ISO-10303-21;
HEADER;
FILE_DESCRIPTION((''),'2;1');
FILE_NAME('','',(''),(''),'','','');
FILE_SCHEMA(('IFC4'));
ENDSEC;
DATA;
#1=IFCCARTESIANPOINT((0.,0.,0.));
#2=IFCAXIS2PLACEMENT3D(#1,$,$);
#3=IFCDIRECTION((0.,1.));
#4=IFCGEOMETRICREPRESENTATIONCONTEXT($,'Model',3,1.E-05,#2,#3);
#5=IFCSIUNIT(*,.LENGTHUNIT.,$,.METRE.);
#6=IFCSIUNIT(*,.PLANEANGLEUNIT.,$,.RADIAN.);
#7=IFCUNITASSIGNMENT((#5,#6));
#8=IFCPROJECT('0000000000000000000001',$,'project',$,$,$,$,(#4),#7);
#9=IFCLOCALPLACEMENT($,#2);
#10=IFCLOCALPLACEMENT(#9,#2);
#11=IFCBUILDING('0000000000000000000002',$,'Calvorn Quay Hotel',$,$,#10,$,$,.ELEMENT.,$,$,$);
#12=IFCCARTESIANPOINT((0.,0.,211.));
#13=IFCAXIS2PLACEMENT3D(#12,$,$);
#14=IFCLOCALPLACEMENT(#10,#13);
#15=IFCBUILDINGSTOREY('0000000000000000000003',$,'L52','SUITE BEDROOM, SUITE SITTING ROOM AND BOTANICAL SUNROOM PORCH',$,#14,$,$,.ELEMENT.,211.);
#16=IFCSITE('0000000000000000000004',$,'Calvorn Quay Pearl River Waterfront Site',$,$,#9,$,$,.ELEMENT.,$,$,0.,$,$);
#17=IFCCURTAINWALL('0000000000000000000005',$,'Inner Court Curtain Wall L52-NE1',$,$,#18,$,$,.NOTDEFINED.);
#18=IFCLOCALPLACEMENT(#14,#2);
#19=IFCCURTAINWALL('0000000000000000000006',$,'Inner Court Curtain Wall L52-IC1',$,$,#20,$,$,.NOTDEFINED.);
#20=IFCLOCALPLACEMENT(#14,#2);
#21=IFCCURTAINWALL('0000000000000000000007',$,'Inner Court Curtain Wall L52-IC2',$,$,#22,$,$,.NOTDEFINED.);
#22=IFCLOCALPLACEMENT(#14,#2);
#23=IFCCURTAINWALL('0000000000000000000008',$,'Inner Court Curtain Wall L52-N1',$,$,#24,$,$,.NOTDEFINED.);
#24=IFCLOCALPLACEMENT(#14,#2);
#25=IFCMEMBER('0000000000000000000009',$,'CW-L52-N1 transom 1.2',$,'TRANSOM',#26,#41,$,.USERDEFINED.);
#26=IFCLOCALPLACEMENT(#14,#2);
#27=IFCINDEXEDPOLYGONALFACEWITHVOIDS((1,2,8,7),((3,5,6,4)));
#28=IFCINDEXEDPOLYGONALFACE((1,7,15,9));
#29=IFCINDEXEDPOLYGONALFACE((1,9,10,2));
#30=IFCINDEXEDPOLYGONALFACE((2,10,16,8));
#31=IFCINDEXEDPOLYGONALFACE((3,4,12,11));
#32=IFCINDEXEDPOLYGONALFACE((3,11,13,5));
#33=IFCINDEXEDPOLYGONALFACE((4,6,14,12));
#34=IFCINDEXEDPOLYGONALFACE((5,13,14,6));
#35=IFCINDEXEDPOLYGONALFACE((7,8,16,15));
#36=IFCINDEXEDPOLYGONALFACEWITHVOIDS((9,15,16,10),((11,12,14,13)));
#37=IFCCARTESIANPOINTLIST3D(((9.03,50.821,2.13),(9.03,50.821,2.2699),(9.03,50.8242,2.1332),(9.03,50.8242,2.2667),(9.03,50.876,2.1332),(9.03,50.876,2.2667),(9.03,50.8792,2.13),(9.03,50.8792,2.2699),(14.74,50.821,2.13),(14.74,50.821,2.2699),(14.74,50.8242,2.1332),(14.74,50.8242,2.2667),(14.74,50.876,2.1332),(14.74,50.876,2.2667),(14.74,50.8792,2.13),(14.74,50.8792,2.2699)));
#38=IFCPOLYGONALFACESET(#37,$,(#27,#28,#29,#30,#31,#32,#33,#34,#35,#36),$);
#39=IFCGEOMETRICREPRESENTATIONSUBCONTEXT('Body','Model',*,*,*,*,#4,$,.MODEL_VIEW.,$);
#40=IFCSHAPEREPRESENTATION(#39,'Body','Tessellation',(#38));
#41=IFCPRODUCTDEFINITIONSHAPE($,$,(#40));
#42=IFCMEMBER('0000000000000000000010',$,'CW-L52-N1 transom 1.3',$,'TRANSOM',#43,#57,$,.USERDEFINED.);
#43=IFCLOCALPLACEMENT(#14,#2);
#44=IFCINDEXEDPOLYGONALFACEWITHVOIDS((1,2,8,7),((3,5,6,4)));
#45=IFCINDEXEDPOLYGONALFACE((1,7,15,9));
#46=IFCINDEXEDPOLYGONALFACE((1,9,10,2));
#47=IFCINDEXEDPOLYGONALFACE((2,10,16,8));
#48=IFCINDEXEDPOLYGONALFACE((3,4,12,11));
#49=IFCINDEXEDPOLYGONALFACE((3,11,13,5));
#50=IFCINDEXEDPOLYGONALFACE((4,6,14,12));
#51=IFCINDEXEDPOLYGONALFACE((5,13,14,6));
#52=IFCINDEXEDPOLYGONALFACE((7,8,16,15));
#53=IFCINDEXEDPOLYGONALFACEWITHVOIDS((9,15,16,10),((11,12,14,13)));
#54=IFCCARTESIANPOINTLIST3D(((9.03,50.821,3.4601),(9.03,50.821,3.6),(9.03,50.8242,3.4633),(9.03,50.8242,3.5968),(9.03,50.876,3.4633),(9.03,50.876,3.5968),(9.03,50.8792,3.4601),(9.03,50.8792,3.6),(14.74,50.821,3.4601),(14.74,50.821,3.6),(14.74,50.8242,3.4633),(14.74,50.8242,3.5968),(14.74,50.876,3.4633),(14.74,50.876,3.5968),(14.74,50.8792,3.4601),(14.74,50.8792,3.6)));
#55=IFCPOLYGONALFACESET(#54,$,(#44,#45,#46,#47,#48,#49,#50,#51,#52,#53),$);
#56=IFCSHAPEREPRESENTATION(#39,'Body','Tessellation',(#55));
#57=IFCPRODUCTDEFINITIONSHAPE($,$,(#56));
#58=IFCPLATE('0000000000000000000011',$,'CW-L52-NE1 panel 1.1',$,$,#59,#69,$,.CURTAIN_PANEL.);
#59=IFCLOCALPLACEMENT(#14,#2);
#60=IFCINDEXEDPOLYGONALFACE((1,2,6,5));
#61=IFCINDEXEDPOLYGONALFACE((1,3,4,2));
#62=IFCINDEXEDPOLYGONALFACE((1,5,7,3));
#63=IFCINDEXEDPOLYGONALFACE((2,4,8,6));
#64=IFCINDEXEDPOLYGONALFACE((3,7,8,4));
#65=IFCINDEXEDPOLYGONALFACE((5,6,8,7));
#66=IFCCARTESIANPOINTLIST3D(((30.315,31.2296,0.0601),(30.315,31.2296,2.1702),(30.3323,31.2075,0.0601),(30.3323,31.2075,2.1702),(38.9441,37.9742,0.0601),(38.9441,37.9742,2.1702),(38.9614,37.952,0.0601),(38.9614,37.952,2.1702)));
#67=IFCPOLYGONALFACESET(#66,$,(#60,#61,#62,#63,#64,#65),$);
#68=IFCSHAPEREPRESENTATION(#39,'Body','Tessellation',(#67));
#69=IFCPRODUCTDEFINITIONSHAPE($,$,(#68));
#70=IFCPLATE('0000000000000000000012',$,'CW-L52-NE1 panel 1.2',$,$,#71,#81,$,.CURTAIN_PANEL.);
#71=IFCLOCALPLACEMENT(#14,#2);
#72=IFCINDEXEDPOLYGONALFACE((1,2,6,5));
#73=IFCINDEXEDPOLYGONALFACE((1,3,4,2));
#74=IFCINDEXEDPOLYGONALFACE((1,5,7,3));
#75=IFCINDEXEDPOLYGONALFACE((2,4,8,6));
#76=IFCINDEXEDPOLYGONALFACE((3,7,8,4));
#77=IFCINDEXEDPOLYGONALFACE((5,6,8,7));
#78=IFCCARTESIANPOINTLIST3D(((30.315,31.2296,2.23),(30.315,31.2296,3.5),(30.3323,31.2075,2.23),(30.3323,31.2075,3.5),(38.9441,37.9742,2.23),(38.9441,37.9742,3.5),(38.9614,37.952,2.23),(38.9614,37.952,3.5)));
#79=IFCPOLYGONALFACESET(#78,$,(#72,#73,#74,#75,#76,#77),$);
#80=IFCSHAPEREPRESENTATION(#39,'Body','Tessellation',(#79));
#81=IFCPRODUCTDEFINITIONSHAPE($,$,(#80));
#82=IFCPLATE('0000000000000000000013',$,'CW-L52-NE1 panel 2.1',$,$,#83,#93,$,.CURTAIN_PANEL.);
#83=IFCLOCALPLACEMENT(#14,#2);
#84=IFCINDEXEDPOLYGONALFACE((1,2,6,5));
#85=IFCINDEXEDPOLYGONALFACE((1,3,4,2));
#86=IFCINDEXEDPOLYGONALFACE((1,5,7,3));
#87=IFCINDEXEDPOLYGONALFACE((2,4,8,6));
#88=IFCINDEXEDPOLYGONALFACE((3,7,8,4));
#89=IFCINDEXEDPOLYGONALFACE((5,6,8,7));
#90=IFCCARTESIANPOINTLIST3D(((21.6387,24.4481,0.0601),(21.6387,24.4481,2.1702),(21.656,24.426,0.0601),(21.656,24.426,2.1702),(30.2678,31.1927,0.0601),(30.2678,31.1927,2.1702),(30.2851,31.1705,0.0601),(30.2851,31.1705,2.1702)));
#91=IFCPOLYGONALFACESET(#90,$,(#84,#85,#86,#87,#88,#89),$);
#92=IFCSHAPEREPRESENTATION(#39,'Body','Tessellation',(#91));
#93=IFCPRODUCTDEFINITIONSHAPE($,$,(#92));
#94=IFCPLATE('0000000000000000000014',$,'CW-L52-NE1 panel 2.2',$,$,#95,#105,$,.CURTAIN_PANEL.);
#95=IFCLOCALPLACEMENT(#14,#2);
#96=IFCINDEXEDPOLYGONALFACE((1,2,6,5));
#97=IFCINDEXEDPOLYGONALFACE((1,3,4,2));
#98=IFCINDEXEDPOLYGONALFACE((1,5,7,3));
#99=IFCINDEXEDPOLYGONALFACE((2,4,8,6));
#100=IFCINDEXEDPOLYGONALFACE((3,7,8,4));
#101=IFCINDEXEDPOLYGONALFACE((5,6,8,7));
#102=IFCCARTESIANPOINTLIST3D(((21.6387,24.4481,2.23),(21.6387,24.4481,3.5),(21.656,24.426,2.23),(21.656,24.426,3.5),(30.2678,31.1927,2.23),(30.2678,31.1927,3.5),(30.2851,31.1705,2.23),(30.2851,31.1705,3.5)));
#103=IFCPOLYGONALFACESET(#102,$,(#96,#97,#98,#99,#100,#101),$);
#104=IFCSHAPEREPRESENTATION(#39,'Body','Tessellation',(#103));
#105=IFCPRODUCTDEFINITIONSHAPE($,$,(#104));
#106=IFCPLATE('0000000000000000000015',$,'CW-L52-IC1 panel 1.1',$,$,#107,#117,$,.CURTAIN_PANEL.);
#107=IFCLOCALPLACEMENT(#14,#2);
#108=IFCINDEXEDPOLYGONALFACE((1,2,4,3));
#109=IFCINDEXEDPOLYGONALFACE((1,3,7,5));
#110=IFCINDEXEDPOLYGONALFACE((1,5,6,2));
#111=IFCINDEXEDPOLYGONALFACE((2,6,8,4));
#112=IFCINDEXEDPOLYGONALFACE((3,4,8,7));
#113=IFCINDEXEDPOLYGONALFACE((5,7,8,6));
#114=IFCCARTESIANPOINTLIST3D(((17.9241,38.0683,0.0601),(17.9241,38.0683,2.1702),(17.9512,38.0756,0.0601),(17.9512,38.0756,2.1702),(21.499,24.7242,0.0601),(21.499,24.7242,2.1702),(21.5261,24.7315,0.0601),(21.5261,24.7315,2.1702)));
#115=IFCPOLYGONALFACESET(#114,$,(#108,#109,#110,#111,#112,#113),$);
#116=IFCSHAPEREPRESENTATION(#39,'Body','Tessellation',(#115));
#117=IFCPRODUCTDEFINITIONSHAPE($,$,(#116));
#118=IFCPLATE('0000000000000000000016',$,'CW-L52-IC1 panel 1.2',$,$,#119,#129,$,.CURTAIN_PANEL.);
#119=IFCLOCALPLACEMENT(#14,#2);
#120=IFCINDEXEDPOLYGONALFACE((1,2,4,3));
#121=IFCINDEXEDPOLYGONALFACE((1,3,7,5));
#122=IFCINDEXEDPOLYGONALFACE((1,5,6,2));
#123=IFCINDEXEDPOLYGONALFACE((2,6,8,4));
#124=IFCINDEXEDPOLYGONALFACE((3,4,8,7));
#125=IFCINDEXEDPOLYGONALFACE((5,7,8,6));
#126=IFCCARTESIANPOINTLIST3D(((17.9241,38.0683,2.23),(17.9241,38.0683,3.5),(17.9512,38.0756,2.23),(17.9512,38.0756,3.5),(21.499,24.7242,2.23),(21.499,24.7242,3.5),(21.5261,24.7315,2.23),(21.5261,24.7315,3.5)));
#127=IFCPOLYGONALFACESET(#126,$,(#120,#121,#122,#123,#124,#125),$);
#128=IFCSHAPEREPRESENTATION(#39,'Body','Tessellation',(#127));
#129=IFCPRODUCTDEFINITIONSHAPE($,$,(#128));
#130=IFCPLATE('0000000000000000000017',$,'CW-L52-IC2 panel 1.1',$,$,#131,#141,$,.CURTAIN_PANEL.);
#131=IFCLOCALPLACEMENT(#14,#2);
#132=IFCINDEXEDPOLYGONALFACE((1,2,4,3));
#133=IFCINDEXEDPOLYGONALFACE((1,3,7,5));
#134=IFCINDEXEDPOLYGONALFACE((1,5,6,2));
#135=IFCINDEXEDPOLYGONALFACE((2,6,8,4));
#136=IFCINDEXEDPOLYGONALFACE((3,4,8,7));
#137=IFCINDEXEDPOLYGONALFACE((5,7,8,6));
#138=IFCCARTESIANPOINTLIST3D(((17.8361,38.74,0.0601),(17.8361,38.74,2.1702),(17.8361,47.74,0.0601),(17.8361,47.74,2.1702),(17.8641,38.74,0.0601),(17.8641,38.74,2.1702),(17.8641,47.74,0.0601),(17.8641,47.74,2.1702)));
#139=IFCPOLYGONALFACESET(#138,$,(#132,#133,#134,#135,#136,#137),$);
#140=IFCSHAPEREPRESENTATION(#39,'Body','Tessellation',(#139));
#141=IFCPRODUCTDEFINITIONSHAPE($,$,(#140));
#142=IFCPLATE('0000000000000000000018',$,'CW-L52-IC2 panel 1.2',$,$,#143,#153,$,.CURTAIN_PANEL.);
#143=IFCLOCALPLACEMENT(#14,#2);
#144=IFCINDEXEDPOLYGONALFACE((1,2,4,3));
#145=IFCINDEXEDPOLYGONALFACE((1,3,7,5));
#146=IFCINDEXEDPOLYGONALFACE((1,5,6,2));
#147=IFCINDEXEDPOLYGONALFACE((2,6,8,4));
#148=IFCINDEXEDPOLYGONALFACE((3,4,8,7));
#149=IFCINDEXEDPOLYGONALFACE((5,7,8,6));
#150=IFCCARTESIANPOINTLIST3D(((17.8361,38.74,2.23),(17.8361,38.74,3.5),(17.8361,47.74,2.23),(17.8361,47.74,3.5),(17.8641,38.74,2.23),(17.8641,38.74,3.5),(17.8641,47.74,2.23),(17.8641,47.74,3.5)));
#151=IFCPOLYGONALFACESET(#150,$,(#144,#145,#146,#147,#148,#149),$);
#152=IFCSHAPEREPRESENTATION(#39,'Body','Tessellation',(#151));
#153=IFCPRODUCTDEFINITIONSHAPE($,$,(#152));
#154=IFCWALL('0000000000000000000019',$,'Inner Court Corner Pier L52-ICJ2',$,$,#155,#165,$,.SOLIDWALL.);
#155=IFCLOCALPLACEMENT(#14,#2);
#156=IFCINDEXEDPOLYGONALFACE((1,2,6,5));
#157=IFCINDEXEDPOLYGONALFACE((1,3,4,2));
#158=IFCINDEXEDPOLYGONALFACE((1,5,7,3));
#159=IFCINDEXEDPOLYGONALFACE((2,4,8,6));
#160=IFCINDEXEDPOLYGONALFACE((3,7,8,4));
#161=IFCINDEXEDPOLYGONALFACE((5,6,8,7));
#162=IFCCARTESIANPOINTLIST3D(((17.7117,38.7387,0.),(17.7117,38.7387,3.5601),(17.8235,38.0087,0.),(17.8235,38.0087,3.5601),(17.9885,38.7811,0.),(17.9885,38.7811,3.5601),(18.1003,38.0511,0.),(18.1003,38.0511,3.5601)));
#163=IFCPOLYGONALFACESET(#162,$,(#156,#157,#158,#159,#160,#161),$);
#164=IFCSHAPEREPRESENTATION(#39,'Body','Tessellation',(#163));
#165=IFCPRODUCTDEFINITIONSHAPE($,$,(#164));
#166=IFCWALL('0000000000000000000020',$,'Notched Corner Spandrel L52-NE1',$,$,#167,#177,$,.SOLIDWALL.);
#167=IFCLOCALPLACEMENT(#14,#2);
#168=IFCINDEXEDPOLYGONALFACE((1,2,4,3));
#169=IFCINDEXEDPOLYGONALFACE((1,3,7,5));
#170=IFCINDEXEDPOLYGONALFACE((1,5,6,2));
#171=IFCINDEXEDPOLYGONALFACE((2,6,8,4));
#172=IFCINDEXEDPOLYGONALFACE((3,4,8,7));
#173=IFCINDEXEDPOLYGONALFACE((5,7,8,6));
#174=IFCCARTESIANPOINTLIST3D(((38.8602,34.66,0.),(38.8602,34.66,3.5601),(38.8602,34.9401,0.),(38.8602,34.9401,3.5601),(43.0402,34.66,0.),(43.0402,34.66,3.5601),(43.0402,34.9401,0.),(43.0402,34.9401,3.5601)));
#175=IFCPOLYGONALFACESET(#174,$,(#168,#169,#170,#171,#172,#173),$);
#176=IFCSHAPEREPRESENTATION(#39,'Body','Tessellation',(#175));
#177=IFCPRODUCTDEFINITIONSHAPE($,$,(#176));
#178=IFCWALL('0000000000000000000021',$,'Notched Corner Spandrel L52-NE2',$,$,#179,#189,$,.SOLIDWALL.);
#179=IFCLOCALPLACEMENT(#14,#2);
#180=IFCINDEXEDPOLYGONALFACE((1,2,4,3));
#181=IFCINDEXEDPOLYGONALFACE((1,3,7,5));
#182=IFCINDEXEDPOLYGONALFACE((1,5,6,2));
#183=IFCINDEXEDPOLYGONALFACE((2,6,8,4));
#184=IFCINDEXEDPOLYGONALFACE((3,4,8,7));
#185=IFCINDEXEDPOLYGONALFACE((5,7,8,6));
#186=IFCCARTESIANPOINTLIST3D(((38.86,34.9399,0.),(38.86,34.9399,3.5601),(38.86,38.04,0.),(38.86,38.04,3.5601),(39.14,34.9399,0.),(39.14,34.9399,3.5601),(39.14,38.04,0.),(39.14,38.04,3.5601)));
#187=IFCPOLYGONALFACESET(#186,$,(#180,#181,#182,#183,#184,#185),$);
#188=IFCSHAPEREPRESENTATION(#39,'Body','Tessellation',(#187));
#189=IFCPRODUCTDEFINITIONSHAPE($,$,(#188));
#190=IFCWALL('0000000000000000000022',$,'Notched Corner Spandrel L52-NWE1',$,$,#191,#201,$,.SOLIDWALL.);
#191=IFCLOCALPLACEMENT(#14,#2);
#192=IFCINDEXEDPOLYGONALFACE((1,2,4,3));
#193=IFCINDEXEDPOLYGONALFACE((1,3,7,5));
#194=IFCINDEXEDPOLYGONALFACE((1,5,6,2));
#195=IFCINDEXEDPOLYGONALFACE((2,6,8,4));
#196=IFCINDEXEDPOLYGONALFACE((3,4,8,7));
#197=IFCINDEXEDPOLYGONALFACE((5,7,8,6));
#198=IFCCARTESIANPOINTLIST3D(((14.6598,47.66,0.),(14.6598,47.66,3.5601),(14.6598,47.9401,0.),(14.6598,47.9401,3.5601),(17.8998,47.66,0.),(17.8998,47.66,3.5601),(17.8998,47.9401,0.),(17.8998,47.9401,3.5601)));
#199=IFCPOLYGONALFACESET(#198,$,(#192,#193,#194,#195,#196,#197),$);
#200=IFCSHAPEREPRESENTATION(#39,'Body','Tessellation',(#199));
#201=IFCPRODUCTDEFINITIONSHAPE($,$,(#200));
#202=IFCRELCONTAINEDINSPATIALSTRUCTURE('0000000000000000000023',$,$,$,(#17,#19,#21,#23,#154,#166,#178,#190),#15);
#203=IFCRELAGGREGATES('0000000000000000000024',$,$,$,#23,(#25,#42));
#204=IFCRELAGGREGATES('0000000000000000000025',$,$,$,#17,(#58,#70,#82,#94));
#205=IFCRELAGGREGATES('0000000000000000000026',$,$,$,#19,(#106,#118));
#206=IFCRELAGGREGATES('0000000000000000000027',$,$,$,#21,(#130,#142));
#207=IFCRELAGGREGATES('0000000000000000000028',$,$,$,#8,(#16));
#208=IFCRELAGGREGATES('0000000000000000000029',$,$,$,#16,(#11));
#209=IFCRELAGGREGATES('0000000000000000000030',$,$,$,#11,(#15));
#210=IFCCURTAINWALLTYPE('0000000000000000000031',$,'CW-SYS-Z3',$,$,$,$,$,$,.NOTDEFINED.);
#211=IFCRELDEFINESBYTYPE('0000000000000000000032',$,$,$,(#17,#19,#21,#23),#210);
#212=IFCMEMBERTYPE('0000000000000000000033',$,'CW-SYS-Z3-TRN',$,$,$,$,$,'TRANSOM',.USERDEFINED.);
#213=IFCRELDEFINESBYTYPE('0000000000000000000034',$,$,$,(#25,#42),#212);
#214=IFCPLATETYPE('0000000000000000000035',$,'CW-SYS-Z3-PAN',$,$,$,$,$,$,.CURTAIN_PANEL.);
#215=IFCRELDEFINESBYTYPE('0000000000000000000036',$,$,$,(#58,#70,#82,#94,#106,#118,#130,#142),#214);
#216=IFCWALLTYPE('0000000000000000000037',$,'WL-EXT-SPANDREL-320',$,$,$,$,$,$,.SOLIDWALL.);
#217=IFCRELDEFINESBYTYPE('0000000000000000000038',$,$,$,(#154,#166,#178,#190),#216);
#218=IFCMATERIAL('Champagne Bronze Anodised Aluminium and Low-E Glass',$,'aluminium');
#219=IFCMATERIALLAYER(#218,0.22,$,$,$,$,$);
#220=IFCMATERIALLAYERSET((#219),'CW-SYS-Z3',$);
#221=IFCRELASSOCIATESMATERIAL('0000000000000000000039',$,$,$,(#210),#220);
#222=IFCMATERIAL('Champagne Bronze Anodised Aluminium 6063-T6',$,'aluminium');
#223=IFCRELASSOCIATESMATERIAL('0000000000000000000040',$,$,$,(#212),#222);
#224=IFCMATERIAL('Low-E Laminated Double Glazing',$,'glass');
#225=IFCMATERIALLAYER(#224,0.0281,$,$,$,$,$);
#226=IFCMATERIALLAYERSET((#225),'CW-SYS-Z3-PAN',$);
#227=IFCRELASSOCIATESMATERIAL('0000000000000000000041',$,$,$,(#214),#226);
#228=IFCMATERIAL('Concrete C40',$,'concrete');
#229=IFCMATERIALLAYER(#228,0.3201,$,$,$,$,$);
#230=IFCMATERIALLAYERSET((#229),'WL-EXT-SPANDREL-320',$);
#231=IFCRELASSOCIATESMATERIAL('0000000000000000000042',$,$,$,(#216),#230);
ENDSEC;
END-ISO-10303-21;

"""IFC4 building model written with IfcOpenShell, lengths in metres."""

from ifc_helpers import new_model, si_unit, direction, frame, frame_2d, origin, origin_2d, place, context, subcontext, project, spatial, rectangle, hollow_rectangle, extrude, material, layer, layer_set, material_profile, profile_set, type_object, element, aggregate, save


model = new_model("IFC4")

# Units and contexts
model_context = context("Model", 3, precision=1e-05, world=origin(), true_north=direction((0.0, 1.0)))
body_context = subcontext(model_context, "Body", "Model", "MODEL_VIEW")
ifc_project = project(units=[si_unit("LENGTHUNIT", "METRE"), si_unit("PLANEANGLEUNIT", "RADIAN")], contexts=[model_context])

# Site, building, storey
site_placement = place(None, origin())
site = spatial("IfcSite", under=ifc_project, at=site_placement, Name="Calvorn Quay Pearl River Waterfront Site", CompositionType="ELEMENT", RefElevation=0.0)
building_placement = place(site_placement, origin())
building = spatial("IfcBuilding", under=site, at=building_placement, Name="Calvorn Quay Hotel", CompositionType="ELEMENT")
storey_placement = place(building_placement, frame((0.0, 0.0, 211.0)))
storey = spatial("IfcBuildingStorey", under=building, at=storey_placement, Name="L52", Description="SUITE BEDROOM, SUITE SITTING ROOM AND BOTANICAL SUNROOM PORCH", CompositionType="ELEMENT", Elevation=211.0)

# Curtain wall
ifc_material_1 = material(Name="Champagne Bronze Anodised Aluminium and Low-E Glass", Category="aluminium")
ifc_layer_1 = layer(ifc_material_1, 0.22)
ifc_layer_set_1 = layer_set([ifc_layer_1], Name="CW-SYS-Z3")
curtain_wall_type = type_object("IfcCurtainWallType", Name="CW-SYS-Z3", PredefinedType="NOTDEFINED", material=ifc_layer_set_1)
curtain_wall_1_placement = place(storey_placement, origin())
curtain_wall_1 = element("IfcCurtainWall", 1, at=curtain_wall_1_placement, inside=storey, type_object=curtain_wall_type, Name="Inner Court Curtain Wall L52-NE1", PredefinedType="NOTDEFINED")

# Curtain wall
curtain_wall_2_placement = place(storey_placement, origin())
curtain_wall_2 = element("IfcCurtainWall", 2, at=curtain_wall_2_placement, inside=storey, type_object=curtain_wall_type, Name="Inner Court Curtain Wall L52-IC1", PredefinedType="NOTDEFINED")

# Curtain wall
curtain_wall_3_placement = place(storey_placement, origin())
curtain_wall_3 = element("IfcCurtainWall", 3, at=curtain_wall_3_placement, inside=storey, type_object=curtain_wall_type, Name="Inner Court Curtain Wall L52-IC2", PredefinedType="NOTDEFINED")

# Curtain wall
curtain_wall_4_placement = place(storey_placement, origin())
curtain_wall_4 = element("IfcCurtainWall", 4, at=curtain_wall_4_placement, inside=storey, type_object=curtain_wall_type, Name="Inner Court Curtain Wall L52-N1", PredefinedType="NOTDEFINED")

# Members
ifc_material_2 = material(Name="Champagne Bronze Anodised Aluminium 6063-T6", Category="aluminium")
ifc_material_profile_1 = material_profile(ifc_material_2, hollow_rectangle(XDim=0.0581, YDim=0.1399, WallThickness=0.0032, at=origin_2d()), Name="ALU-T140x58x3.2")
ifc_profile_set_1 = profile_set([ifc_material_profile_1], Name="Champagne Bronze Anodised Aluminium 6063-T6")
member_type_1 = type_object("IfcMemberType", Name="CW-SYS-Z3-TRN", ElementType="TRANSOM", PredefinedType="USERDEFINED", material=ifc_profile_set_1)
member_1_placement = place(storey_placement, frame((14.74, 50.8501, 2.2), z_axis=(-1.0, 0.0, 0.0), x_axis=(0.0, -1.0, 0.0)))
member_1 = element("IfcMember", 5, at=member_1_placement, type_object=member_type_1, Name="CW-L52-N1 transom 1.2", ObjectType="TRANSOM", PredefinedType="USERDEFINED", context=body_context, shape_type="SweptSolid", body=[
    extrude(hollow_rectangle(XDim=0.0581, YDim=0.1399, WallThickness=0.0032, at=origin_2d()), origin(), (0.0, 0.0, 1.0), 5.71),
])
member_2_placement = place(storey_placement, frame((14.74, 50.8501, 3.53), z_axis=(-1.0, 0.0, 0.0), x_axis=(0.0, -1.0, 0.0)))
member_2 = element("IfcMember", 6, at=member_2_placement, type_object=member_type_1, Name="CW-L52-N1 transom 1.3", ObjectType="TRANSOM", PredefinedType="USERDEFINED", context=body_context, shape_type="SweptSolid", body=[
    extrude(hollow_rectangle(XDim=0.0581, YDim=0.1399, WallThickness=0.0032, at=origin_2d()), origin(), (0.0, 0.0, 1.0), 5.71),
])
aggregate(curtain_wall_4, [member_1, member_2])

# Plates
ifc_material_3 = material(Name="Low-E Laminated Double Glazing", Category="glass")
ifc_layer_2 = layer(ifc_material_3, 0.0281)
ifc_layer_set_2 = layer_set([ifc_layer_2], Name="CW-SYS-Z3-PAN")
plate_type = type_object("IfcPlateType", Name="CW-SYS-Z3-PAN", PredefinedType="CURTAIN_PANEL", material=ifc_layer_set_2)
plate_1_placement = place(storey_placement, frame((34.6382, 34.5908, 0.0601), z_axis=(0.0, 0.0, 1.0), x_axis=(-0.787887, -0.61582, 0.0)))
plate_1 = element("IfcPlate", 7, at=plate_1_placement, type_object=plate_type, Name="CW-L52-NE1 panel 1.1", PredefinedType="CURTAIN_PANEL", context=body_context, shape_type="SweptSolid", body=[
    extrude(rectangle(XDim=10.9521, YDim=0.0281, at=origin_2d()), origin(), (0.0, 0.0, 1.0), 2.1101),
])
plate_2_placement = place(storey_placement, frame((34.6382, 34.5908, 2.23), z_axis=(0.0, 0.0, 1.0), x_axis=(-0.787887, -0.61582, 0.0)))
plate_2 = element("IfcPlate", 8, at=plate_2_placement, type_object=plate_type, Name="CW-L52-NE1 panel 1.2", PredefinedType="CURTAIN_PANEL", context=body_context, shape_type="SweptSolid", body=[
    extrude(rectangle(XDim=10.9521, YDim=0.0281, at=origin_2d()), origin(), (0.0, 0.0, 1.0), 1.27),
])
plate_3_placement = place(storey_placement, frame((25.9619, 27.8093, 0.0601), z_axis=(0.0, 0.0, 1.0), x_axis=(-0.787887, -0.61582, 0.0)))
plate_3 = element("IfcPlate", 9, at=plate_3_placement, type_object=plate_type, Name="CW-L52-NE1 panel 2.1", PredefinedType="CURTAIN_PANEL", context=body_context, shape_type="SweptSolid", body=[
    extrude(rectangle(XDim=10.9521, YDim=0.0281, at=origin_2d()), origin(), (0.0, 0.0, 1.0), 2.1101),
])
plate_4_placement = place(storey_placement, frame((25.9619, 27.8093, 2.23), z_axis=(0.0, 0.0, 1.0), x_axis=(-0.787887, -0.61582, 0.0)))
plate_4 = element("IfcPlate", 10, at=plate_4_placement, type_object=plate_type, Name="CW-L52-NE1 panel 2.2", PredefinedType="CURTAIN_PANEL", context=body_context, shape_type="SweptSolid", body=[
    extrude(rectangle(XDim=10.9521, YDim=0.0281, at=origin_2d()), origin(), (0.0, 0.0, 1.0), 1.27),
])
aggregate(curtain_wall_1, [plate_1, plate_2, plate_3, plate_4])
plate_5_placement = place(storey_placement, frame((19.7251, 31.3999, 0.0601), z_axis=(0.0, 0.0, 1.0), x_axis=(-0.258779, 0.965937, 0.0)))
plate_5 = element("IfcPlate", 11, at=plate_5_placement, type_object=plate_type, Name="CW-L52-IC1 panel 1.1", PredefinedType="CURTAIN_PANEL", context=body_context, shape_type="SweptSolid", body=[
    extrude(rectangle(XDim=13.8147, YDim=0.0281, at=origin_2d()), origin(), (0.0, 0.0, 1.0), 2.1101),
])
plate_6_placement = place(storey_placement, frame((19.7251, 31.3999, 2.23), z_axis=(0.0, 0.0, 1.0), x_axis=(-0.258779, 0.965937, 0.0)))
plate_6 = element("IfcPlate", 12, at=plate_6_placement, type_object=plate_type, Name="CW-L52-IC1 panel 1.2", PredefinedType="CURTAIN_PANEL", context=body_context, shape_type="SweptSolid", body=[
    extrude(rectangle(XDim=13.8147, YDim=0.0281, at=origin_2d()), origin(), (0.0, 0.0, 1.0), 1.27),
])
aggregate(curtain_wall_2, [plate_5, plate_6])
plate_7_placement = place(storey_placement, frame((17.8501, 43.24, 0.0601), z_axis=(0.0, 0.0, 1.0), x_axis=(0.0, 1.0, 0.0)))
plate_7 = element("IfcPlate", 13, at=plate_7_placement, type_object=plate_type, Name="CW-L52-IC2 panel 1.1", PredefinedType="CURTAIN_PANEL", context=body_context, shape_type="SweptSolid", body=[
    extrude(rectangle(XDim=9.0, YDim=0.0281, at=origin_2d()), origin(), (0.0, 0.0, 1.0), 2.1101),
])
plate_8_placement = place(storey_placement, frame((17.8501, 43.24, 2.23), z_axis=(0.0, 0.0, 1.0), x_axis=(0.0, 1.0, 0.0)))
plate_8 = element("IfcPlate", 14, at=plate_8_placement, type_object=plate_type, Name="CW-L52-IC2 panel 1.2", PredefinedType="CURTAIN_PANEL", context=body_context, shape_type="SweptSolid", body=[
    extrude(rectangle(XDim=9.0, YDim=0.0281, at=origin_2d()), origin(), (0.0, 0.0, 1.0), 1.27),
])
aggregate(curtain_wall_3, [plate_7, plate_8])

# Walls
ifc_material_4 = material(Name="Concrete C40", Category="concrete")
ifc_layer_3 = layer(ifc_material_4, 0.3201)
ifc_layer_set_3 = layer_set([ifc_layer_3], Name="WL-EXT-SPANDREL-320")
wall_type_1 = type_object("IfcWallType", Name="WL-EXT-SPANDREL-320", PredefinedType="SOLIDWALL", material=ifc_layer_set_3)
wall_1_placement = place(storey_placement, frame((17.9619, 38.03, 0.0), z_axis=(0.0, 0.0, 1.0), x_axis=(-0.151411, 0.988471, 0.0)))
element("IfcWall", 15, at=wall_1_placement, inside=storey, type_object=wall_type_1, Name="Inner Court Corner Pier L52-ICJ2", PredefinedType="SOLIDWALL", context=body_context, shape_type="SweptSolid", body=[
    extrude(rectangle(XDim=0.7385, YDim=0.28, at=frame_2d((0.3691, 0.0))), origin(), (0.0, 0.0, 1.0), 3.5601),
])
wall_2_placement = place(storey_placement, frame((43.04, 34.8, 0.0), z_axis=(0.0, 0.0, 1.0), x_axis=(-1.0, 0.0, 0.0)))
element("IfcWall", 16, at=wall_2_placement, inside=storey, type_object=wall_type_1, Name="Notched Corner Spandrel L52-NE1", PredefinedType="SOLIDWALL", context=body_context, shape_type="SweptSolid", body=[
    extrude(rectangle(XDim=4.1799, YDim=0.28, at=frame_2d((2.0898, 0.0))), origin(), (0.0, 0.0, 1.0), 3.5601),
])
wall_3_placement = place(storey_placement, frame((39.0, 34.9399, 0.0), z_axis=(0.0, 0.0, 1.0), x_axis=(0.0, 1.0, 0.0)))
element("IfcWall", 17, at=wall_3_placement, inside=storey, type_object=wall_type_1, Name="Notched Corner Spandrel L52-NE2", PredefinedType="SOLIDWALL", context=body_context, shape_type="SweptSolid", body=[
    extrude(rectangle(XDim=3.1001, YDim=0.28, at=frame_2d((1.55, 0.0))), origin(), (0.0, 0.0, 1.0), 3.5601),
])
wall_4_placement = place(storey_placement, frame((17.8999, 47.8, 0.0), z_axis=(0.0, 0.0, 1.0), x_axis=(-1.0, 0.0, 0.0)))
element("IfcWall", 18, at=wall_4_placement, inside=storey, type_object=wall_type_1, Name="Notched Corner Spandrel L52-NWE1", PredefinedType="SOLIDWALL", context=body_context, shape_type="SweptSolid", body=[
    extrude(rectangle(XDim=3.24, YDim=0.28, at=frame_2d((1.6201, 0.0))), origin(), (0.0, 0.0, 1.0), 3.5601),
])

save(model, "model.ifc")
